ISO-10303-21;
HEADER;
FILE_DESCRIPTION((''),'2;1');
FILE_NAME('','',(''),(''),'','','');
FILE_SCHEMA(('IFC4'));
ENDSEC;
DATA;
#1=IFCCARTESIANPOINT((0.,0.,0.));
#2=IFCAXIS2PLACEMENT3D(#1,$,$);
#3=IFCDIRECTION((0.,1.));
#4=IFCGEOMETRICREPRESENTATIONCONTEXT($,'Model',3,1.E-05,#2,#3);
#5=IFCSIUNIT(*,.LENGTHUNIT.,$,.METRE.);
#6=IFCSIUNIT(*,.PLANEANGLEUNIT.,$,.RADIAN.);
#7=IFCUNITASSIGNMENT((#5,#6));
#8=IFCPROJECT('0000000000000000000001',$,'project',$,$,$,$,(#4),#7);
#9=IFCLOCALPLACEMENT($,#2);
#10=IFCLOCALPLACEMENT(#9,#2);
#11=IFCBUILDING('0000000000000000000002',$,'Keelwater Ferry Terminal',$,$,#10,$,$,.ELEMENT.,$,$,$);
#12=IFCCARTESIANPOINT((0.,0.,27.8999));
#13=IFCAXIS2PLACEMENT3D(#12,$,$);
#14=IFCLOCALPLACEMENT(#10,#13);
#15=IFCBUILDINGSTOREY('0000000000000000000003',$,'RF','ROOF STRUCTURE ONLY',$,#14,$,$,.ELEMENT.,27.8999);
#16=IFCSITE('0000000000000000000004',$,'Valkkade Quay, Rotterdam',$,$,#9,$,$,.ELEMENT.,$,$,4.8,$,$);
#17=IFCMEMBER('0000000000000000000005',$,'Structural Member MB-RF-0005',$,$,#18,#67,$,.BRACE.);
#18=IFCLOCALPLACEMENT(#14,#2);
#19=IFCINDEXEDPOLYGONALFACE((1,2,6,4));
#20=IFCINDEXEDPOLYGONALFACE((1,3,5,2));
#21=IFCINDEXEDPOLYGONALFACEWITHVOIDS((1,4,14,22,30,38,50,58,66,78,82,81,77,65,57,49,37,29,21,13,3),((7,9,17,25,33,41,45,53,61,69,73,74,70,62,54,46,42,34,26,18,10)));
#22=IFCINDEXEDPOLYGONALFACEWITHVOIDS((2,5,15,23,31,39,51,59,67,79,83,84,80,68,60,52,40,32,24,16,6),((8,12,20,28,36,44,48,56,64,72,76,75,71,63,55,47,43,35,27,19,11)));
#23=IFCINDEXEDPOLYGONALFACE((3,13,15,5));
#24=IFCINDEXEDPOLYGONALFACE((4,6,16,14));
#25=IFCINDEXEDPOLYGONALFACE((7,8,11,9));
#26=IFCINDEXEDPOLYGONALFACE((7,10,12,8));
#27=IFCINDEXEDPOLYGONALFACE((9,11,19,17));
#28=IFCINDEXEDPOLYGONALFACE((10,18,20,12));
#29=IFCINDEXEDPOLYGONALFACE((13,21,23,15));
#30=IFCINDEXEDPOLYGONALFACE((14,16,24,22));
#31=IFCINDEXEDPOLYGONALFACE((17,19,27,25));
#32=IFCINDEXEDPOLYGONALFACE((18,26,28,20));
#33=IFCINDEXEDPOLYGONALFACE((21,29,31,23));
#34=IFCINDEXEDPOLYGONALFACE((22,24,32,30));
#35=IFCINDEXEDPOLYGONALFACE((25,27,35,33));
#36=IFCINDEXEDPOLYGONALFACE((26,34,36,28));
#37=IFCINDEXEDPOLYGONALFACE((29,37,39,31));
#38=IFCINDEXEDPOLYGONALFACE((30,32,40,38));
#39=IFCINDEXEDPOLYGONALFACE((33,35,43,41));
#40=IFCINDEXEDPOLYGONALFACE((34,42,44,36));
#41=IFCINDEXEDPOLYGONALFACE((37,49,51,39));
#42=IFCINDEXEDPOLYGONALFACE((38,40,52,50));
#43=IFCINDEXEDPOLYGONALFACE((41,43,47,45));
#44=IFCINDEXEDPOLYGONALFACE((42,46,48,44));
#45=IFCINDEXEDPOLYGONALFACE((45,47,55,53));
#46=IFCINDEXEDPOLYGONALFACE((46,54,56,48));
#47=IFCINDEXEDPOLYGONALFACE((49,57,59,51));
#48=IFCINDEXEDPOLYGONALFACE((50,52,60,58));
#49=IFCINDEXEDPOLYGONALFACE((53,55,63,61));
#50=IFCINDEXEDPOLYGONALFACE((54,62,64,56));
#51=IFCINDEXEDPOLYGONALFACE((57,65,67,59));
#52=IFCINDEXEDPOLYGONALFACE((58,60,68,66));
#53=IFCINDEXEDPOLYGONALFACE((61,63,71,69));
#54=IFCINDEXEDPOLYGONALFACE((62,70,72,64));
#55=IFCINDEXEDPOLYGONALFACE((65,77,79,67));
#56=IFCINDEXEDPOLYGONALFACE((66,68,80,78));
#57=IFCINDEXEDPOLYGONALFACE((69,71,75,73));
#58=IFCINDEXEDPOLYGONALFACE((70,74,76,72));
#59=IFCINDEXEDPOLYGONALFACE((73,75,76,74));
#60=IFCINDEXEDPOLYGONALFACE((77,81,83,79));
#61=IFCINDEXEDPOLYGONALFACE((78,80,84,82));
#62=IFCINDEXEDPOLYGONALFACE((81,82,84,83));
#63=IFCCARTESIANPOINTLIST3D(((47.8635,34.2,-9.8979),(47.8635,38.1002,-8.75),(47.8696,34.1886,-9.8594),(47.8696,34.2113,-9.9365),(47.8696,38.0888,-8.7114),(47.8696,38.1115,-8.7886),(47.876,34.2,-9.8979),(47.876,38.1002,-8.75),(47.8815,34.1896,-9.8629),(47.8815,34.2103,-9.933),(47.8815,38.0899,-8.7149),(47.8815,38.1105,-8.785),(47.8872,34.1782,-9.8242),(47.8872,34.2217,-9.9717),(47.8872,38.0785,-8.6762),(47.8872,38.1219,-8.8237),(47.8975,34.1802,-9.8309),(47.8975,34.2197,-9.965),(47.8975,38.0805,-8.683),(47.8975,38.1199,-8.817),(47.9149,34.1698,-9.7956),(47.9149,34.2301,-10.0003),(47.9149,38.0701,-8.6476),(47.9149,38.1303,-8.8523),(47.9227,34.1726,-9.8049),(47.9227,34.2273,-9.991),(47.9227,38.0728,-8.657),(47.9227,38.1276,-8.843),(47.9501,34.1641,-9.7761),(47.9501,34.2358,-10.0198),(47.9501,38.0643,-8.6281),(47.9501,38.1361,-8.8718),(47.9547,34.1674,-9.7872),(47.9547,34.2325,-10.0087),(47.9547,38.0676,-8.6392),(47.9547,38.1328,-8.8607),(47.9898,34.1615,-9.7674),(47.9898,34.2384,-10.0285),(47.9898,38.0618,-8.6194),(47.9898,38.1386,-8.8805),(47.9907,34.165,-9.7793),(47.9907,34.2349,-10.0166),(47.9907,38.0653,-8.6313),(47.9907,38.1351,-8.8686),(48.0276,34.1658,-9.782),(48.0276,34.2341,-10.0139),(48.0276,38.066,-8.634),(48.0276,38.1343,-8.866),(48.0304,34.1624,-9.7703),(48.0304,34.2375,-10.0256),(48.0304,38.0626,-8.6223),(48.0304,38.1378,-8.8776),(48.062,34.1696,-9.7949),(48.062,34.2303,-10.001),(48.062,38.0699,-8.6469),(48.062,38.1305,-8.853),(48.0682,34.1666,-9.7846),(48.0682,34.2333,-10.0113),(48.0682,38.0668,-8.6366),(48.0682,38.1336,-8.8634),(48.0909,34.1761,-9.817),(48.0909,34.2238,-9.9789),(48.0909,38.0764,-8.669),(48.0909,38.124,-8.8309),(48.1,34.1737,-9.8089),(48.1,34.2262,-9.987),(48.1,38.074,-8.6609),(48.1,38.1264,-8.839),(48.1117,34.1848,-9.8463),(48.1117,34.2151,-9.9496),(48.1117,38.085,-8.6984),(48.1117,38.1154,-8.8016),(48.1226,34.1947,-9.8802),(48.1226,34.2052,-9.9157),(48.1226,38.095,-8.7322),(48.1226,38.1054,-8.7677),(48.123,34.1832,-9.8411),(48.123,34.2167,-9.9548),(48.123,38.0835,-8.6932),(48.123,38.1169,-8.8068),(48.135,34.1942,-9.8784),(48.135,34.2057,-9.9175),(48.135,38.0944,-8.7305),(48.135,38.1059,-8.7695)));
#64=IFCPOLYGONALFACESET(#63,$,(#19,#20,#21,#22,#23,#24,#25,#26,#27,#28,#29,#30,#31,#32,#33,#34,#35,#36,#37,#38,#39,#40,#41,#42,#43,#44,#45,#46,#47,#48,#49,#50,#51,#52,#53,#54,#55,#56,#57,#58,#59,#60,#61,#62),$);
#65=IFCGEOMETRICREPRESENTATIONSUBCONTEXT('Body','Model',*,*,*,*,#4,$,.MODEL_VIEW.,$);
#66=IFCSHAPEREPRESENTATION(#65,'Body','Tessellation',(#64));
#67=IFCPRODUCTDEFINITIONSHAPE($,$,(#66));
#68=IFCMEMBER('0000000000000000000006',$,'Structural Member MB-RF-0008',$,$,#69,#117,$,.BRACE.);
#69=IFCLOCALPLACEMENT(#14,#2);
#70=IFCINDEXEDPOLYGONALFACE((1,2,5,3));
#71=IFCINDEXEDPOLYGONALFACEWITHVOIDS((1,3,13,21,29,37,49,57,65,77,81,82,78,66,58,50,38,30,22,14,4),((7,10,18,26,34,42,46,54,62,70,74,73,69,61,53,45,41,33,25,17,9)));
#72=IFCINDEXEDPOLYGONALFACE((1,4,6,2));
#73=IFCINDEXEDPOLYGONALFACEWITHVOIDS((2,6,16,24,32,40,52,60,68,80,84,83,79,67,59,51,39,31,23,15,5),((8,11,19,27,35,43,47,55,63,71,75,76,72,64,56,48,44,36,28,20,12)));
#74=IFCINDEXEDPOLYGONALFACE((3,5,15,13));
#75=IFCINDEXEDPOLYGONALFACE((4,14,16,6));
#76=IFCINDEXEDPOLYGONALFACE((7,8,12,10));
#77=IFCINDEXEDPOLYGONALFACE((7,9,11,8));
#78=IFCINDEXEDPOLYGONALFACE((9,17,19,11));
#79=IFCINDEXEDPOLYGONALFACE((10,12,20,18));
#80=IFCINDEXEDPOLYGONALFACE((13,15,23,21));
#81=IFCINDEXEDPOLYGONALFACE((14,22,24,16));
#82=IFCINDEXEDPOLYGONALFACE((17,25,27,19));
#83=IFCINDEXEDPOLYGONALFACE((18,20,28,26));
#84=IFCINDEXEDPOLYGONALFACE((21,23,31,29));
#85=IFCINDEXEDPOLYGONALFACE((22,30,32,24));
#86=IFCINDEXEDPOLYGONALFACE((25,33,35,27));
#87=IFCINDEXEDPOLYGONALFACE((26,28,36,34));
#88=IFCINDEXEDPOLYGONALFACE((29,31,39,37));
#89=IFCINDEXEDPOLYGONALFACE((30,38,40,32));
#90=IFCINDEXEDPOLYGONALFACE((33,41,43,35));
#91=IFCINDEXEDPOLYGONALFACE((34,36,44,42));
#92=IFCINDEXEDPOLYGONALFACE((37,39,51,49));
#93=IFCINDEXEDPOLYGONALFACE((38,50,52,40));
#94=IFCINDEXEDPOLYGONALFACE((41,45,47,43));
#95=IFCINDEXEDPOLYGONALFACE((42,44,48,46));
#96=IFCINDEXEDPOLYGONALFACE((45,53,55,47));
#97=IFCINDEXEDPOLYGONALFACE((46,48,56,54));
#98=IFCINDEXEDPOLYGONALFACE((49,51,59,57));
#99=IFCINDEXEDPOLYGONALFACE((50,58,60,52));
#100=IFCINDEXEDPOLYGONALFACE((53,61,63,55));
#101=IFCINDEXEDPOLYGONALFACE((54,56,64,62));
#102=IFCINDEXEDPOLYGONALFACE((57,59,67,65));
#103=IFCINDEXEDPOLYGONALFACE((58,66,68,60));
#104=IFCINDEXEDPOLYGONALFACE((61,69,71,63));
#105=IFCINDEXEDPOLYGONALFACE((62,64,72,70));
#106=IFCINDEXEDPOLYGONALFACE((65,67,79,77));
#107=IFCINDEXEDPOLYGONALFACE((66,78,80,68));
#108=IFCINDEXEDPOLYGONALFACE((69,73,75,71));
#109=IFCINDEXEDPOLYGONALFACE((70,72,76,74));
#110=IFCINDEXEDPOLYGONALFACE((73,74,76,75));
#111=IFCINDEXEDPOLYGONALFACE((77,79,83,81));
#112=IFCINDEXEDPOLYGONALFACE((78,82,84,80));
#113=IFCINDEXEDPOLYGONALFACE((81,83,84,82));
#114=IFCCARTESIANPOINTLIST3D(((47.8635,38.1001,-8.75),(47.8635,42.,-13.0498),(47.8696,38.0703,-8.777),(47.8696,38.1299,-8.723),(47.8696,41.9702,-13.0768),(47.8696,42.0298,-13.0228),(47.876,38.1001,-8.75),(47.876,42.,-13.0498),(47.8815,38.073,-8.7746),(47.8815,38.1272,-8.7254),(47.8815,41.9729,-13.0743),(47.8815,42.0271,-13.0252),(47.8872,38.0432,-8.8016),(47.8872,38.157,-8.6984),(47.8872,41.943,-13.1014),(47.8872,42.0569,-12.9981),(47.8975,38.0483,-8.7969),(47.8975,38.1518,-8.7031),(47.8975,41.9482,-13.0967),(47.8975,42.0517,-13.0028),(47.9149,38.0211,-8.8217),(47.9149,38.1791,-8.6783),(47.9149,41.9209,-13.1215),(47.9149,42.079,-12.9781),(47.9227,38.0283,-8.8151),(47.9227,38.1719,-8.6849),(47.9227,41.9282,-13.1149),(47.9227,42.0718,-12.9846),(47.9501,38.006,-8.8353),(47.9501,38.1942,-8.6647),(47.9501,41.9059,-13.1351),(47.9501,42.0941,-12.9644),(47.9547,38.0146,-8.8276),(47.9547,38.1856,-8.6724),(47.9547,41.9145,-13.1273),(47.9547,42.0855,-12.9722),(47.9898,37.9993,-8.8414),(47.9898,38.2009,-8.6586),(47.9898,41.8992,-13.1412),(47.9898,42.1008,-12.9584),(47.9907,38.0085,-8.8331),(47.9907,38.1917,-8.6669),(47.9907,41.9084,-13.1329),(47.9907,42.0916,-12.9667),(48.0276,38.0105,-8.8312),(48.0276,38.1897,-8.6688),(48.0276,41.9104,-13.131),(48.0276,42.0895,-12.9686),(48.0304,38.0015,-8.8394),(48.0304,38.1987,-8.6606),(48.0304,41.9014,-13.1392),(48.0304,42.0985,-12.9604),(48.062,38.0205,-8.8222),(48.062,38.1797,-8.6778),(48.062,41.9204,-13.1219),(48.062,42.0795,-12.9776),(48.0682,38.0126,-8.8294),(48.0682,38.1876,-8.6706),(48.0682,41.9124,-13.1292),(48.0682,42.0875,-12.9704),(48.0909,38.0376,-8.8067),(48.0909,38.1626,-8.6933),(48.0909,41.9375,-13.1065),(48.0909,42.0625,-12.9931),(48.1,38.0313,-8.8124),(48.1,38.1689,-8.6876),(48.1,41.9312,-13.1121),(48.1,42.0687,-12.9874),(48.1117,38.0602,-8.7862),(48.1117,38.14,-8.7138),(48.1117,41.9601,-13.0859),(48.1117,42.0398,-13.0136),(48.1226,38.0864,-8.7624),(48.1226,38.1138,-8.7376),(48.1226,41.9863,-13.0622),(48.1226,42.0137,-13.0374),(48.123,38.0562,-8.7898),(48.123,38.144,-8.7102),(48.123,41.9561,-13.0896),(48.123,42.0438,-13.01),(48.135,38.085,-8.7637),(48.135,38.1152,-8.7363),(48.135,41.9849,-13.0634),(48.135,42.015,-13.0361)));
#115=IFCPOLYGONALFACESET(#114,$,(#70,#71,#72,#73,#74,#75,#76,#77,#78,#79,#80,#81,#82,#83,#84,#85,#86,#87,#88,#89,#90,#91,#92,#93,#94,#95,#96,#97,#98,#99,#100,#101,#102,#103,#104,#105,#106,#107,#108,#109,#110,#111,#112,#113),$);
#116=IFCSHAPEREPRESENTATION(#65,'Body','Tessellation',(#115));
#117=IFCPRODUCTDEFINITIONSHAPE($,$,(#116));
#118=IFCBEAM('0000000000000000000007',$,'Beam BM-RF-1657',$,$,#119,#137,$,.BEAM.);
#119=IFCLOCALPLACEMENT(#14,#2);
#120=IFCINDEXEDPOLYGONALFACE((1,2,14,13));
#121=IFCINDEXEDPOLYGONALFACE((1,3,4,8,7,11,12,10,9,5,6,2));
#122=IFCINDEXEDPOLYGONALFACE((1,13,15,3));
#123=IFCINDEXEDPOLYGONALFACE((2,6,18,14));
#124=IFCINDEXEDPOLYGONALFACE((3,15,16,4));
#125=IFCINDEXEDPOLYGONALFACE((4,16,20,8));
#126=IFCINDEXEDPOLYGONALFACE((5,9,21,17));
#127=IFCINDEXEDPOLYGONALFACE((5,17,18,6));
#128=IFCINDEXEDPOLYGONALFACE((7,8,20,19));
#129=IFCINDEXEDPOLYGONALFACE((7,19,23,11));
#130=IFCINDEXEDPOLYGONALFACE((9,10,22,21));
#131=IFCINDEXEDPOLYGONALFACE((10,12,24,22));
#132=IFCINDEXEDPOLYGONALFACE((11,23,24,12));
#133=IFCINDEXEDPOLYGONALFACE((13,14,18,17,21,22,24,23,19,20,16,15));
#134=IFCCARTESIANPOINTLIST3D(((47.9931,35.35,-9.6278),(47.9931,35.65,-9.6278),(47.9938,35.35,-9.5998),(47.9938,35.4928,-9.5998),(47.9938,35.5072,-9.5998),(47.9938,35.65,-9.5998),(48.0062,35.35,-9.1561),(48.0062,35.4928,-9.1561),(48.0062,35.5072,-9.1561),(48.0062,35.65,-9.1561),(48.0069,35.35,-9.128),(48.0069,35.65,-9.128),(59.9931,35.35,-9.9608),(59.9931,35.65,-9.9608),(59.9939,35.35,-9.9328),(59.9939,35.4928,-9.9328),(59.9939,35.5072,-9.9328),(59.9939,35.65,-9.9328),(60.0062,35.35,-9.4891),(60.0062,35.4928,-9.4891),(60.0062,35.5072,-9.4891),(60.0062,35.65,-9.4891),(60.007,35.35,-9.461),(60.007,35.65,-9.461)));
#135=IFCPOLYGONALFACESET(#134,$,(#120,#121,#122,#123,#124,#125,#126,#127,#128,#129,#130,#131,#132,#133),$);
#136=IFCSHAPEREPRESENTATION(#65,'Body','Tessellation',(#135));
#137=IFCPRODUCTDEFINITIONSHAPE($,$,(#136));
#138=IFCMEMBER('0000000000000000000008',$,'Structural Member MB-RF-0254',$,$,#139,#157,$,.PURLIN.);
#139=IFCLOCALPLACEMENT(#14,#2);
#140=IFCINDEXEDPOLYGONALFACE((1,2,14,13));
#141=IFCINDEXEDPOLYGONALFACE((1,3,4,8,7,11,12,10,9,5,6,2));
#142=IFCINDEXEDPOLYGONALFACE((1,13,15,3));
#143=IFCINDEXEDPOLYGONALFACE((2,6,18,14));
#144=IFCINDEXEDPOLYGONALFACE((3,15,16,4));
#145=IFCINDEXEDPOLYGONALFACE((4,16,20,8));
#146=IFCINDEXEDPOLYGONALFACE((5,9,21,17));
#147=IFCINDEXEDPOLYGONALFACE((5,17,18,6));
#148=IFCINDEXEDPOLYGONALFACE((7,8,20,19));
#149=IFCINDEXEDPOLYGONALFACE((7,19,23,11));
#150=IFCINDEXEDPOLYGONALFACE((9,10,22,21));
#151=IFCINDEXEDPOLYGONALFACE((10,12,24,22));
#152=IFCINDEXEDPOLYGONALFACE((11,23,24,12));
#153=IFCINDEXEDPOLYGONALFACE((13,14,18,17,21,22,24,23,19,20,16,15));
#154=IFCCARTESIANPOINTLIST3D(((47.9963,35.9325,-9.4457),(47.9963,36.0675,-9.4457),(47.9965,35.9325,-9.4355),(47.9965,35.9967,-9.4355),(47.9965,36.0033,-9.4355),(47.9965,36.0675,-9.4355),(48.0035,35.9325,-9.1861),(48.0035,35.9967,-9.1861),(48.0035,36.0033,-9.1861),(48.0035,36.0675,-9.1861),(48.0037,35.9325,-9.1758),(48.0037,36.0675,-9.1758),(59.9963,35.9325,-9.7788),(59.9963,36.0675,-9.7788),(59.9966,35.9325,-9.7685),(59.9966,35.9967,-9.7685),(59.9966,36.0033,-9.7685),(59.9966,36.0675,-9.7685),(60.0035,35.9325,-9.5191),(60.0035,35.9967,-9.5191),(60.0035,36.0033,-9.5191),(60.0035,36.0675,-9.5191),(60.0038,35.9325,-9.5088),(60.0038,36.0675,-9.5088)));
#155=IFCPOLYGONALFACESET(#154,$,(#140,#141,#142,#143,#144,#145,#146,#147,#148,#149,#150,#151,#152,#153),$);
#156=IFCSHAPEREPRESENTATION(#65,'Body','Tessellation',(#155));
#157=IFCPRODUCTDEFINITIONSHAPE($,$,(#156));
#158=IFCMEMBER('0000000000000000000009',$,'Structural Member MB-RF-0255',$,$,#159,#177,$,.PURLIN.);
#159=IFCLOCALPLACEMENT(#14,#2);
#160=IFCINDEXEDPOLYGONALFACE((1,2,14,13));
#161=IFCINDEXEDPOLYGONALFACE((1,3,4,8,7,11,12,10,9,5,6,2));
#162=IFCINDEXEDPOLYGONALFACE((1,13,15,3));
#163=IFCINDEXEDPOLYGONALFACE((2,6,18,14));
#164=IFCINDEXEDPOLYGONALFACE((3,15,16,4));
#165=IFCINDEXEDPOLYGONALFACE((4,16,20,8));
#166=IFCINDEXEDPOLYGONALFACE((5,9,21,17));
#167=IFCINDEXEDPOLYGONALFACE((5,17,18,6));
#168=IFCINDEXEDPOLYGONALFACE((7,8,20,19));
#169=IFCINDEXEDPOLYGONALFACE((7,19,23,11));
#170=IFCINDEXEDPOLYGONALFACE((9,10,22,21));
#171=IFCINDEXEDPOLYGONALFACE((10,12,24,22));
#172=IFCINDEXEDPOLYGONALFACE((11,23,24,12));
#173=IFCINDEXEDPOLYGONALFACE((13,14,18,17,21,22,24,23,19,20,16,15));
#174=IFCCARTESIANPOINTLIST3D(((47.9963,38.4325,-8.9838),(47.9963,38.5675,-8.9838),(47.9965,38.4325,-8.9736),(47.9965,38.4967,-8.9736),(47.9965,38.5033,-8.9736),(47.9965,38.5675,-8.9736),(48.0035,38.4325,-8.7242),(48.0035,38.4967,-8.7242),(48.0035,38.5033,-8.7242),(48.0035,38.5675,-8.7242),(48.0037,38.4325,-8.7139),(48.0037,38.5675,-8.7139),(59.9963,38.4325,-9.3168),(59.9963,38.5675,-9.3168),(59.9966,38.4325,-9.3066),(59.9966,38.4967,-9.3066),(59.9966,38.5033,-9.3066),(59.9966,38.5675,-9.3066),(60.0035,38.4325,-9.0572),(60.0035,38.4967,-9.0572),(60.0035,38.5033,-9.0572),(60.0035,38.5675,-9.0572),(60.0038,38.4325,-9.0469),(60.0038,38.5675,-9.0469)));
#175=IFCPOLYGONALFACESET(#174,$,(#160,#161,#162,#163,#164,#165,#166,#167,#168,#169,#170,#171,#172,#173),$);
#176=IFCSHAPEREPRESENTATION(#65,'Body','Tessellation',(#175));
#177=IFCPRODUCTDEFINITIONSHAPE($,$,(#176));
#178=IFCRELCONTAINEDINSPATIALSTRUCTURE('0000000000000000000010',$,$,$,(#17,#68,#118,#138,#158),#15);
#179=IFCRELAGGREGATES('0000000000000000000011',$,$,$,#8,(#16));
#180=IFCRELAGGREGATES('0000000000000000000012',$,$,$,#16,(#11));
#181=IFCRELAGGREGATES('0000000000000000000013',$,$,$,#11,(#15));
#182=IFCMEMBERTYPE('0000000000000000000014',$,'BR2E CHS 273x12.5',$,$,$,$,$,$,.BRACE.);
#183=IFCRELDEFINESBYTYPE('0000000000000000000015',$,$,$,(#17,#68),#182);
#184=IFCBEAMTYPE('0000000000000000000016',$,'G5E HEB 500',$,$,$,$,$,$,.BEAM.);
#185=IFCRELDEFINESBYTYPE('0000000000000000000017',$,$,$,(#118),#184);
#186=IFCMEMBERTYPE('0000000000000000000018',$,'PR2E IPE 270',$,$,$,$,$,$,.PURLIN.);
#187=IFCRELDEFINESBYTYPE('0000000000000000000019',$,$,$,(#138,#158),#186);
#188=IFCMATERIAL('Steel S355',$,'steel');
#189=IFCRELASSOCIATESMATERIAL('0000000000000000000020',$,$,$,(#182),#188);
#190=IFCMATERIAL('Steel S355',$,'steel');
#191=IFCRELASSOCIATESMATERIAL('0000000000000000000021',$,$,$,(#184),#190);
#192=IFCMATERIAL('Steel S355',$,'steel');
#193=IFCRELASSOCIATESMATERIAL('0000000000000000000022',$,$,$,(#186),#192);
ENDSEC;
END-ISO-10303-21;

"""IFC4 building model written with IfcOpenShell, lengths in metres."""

from ifc_helpers import new_model, si_unit, direction, frame, origin, origin_2d, place, context, subcontext, project, spatial, hollow_circle, i_section, extrude, material, material_profile, profile_set, type_object, element, save


model = new_model("IFC4")

# Units and contexts
model_context = context("Model", 3, precision=1e-05, world=origin(), true_north=direction((0.0, 1.0)))
body_context = subcontext(model_context, "Body", "Model", "MODEL_VIEW")
ifc_project = project(units=[si_unit("LENGTHUNIT", "METRE"), si_unit("PLANEANGLEUNIT", "RADIAN")], contexts=[model_context])

# Site, building, storey
site_placement = place(None, origin())
site = spatial("IfcSite", under=ifc_project, at=site_placement, Name="Valkkade Quay, Rotterdam", CompositionType="ELEMENT", RefElevation=4.8)
building_placement = place(site_placement, origin())
building = spatial("IfcBuilding", under=site, at=building_placement, Name="Keelwater Ferry Terminal", CompositionType="ELEMENT")
storey_placement = place(building_placement, frame((0.0, 0.0, 27.8999)))
storey = spatial("IfcBuildingStorey", under=building, at=storey_placement, Name="RF", Description="ROOF STRUCTURE ONLY", CompositionType="ELEMENT", Elevation=27.8999)

# Members
ifc_material_1 = material(Name="Steel S355", Category="steel")
ifc_material_profile_1 = material_profile(ifc_material_1, hollow_circle(Radius=0.1365, WallThickness=0.0125, at=origin_2d()), Name="CHS 273x12.5")
ifc_profile_set_1 = profile_set([ifc_material_profile_1], Name="Steel S355")
member_type_1 = type_object("IfcMemberType", Name="BR2E CHS 273x12.5", PredefinedType="BRACE", material=ifc_profile_set_1)
member_1_placement = place(storey_placement, frame((48.0, 34.2, -9.8979), z_axis=(0.0, 0.959309, 0.282358), x_axis=(-1.0, 0.0, 0.0)))
element("IfcMember", 1, at=member_1_placement, inside=storey, type_object=member_type_1, Name="Structural Member MB-RF-0005", PredefinedType="BRACE", context=body_context, shape_type="SweptSolid", body=[
    extrude(hollow_circle(Radius=0.1365, WallThickness=0.0125, at=origin_2d()), origin(), (0.0, 0.0, 1.0), 4.0657),
])
member_2_placement = place(storey_placement, frame((48.0, 38.1001, -8.75), z_axis=(0.0, 0.671822, -0.740712), x_axis=(-1.0, 0.0, 0.0)))
element("IfcMember", 2, at=member_2_placement, inside=storey, type_object=member_type_1, Name="Structural Member MB-RF-0008", PredefinedType="BRACE", context=body_context, shape_type="SweptSolid", body=[
    extrude(hollow_circle(Radius=0.1365, WallThickness=0.0125, at=origin_2d()), origin(), (0.0, 0.0, 1.0), 5.8049),
])

# Beam
ifc_material_2 = material(Name="Steel S355", Category="steel")
ifc_material_profile_2 = material_profile(ifc_material_2, i_section(OverallWidth=0.3, OverallDepth=0.5, WebThickness=0.0144, FlangeThickness=0.0281, at=origin_2d()), Name="HEB 500")
ifc_profile_set_2 = profile_set([ifc_material_profile_2], Name="Steel S355")
beam_type = type_object("IfcBeamType", Name="G5E HEB 500", PredefinedType="BEAM", material=ifc_profile_set_2)
beam_placement = place(storey_placement, frame((48.0, 35.5, -9.3779), z_axis=(0.999615, 0.0, -0.02774), x_axis=(0.0, 1.0, 0.0)))
element("IfcBeam", 3, at=beam_placement, inside=storey, type_object=beam_type, Name="Beam BM-RF-1657", PredefinedType="BEAM", context=body_context, shape_type="SweptSolid", body=[
    extrude(i_section(OverallWidth=0.3, OverallDepth=0.5, WebThickness=0.0144, FlangeThickness=0.0281, at=origin_2d()), origin(), (0.0, 0.0, 1.0), 12.0046),
])

# Members
ifc_material_3 = material(Name="Steel S355", Category="steel")
ifc_material_profile_3 = material_profile(ifc_material_3, i_section(OverallWidth=0.135, OverallDepth=0.27, WebThickness=0.0066, FlangeThickness=0.0103, at=origin_2d()), Name="IPE 270")
ifc_profile_set_3 = profile_set([ifc_material_profile_3], Name="Steel S355")
member_type_2 = type_object("IfcMemberType", Name="PR2E IPE 270", PredefinedType="PURLIN", material=ifc_profile_set_3)
for number, where, z_axis, x_axis, name in (
    (4, (48.0, 36.0, -9.3108), (0.999615, 0.0, -0.02774), (0.0, 1.0, 0.0), "Structural Member MB-RF-0254"),
    (5, (48.0, 38.5, -8.8489), (0.999615, 0.0, -0.02774), (0.0, 1.0, 0.0), "Structural Member MB-RF-0255"),
):
    element("IfcMember", number, at=place(storey_placement, frame(where, z_axis=z_axis, x_axis=x_axis)), inside=storey, type_object=member_type_2, Name=name, PredefinedType="PURLIN", context=body_context, shape_type="SweptSolid", body=[
        extrude(i_section(OverallWidth=0.135, OverallDepth=0.27, WebThickness=0.0066, FlangeThickness=0.0103, at=origin_2d()), origin(), (0.0, 0.0, 1.0), 12.0046),
    ])

save(model, "model.ifc")
